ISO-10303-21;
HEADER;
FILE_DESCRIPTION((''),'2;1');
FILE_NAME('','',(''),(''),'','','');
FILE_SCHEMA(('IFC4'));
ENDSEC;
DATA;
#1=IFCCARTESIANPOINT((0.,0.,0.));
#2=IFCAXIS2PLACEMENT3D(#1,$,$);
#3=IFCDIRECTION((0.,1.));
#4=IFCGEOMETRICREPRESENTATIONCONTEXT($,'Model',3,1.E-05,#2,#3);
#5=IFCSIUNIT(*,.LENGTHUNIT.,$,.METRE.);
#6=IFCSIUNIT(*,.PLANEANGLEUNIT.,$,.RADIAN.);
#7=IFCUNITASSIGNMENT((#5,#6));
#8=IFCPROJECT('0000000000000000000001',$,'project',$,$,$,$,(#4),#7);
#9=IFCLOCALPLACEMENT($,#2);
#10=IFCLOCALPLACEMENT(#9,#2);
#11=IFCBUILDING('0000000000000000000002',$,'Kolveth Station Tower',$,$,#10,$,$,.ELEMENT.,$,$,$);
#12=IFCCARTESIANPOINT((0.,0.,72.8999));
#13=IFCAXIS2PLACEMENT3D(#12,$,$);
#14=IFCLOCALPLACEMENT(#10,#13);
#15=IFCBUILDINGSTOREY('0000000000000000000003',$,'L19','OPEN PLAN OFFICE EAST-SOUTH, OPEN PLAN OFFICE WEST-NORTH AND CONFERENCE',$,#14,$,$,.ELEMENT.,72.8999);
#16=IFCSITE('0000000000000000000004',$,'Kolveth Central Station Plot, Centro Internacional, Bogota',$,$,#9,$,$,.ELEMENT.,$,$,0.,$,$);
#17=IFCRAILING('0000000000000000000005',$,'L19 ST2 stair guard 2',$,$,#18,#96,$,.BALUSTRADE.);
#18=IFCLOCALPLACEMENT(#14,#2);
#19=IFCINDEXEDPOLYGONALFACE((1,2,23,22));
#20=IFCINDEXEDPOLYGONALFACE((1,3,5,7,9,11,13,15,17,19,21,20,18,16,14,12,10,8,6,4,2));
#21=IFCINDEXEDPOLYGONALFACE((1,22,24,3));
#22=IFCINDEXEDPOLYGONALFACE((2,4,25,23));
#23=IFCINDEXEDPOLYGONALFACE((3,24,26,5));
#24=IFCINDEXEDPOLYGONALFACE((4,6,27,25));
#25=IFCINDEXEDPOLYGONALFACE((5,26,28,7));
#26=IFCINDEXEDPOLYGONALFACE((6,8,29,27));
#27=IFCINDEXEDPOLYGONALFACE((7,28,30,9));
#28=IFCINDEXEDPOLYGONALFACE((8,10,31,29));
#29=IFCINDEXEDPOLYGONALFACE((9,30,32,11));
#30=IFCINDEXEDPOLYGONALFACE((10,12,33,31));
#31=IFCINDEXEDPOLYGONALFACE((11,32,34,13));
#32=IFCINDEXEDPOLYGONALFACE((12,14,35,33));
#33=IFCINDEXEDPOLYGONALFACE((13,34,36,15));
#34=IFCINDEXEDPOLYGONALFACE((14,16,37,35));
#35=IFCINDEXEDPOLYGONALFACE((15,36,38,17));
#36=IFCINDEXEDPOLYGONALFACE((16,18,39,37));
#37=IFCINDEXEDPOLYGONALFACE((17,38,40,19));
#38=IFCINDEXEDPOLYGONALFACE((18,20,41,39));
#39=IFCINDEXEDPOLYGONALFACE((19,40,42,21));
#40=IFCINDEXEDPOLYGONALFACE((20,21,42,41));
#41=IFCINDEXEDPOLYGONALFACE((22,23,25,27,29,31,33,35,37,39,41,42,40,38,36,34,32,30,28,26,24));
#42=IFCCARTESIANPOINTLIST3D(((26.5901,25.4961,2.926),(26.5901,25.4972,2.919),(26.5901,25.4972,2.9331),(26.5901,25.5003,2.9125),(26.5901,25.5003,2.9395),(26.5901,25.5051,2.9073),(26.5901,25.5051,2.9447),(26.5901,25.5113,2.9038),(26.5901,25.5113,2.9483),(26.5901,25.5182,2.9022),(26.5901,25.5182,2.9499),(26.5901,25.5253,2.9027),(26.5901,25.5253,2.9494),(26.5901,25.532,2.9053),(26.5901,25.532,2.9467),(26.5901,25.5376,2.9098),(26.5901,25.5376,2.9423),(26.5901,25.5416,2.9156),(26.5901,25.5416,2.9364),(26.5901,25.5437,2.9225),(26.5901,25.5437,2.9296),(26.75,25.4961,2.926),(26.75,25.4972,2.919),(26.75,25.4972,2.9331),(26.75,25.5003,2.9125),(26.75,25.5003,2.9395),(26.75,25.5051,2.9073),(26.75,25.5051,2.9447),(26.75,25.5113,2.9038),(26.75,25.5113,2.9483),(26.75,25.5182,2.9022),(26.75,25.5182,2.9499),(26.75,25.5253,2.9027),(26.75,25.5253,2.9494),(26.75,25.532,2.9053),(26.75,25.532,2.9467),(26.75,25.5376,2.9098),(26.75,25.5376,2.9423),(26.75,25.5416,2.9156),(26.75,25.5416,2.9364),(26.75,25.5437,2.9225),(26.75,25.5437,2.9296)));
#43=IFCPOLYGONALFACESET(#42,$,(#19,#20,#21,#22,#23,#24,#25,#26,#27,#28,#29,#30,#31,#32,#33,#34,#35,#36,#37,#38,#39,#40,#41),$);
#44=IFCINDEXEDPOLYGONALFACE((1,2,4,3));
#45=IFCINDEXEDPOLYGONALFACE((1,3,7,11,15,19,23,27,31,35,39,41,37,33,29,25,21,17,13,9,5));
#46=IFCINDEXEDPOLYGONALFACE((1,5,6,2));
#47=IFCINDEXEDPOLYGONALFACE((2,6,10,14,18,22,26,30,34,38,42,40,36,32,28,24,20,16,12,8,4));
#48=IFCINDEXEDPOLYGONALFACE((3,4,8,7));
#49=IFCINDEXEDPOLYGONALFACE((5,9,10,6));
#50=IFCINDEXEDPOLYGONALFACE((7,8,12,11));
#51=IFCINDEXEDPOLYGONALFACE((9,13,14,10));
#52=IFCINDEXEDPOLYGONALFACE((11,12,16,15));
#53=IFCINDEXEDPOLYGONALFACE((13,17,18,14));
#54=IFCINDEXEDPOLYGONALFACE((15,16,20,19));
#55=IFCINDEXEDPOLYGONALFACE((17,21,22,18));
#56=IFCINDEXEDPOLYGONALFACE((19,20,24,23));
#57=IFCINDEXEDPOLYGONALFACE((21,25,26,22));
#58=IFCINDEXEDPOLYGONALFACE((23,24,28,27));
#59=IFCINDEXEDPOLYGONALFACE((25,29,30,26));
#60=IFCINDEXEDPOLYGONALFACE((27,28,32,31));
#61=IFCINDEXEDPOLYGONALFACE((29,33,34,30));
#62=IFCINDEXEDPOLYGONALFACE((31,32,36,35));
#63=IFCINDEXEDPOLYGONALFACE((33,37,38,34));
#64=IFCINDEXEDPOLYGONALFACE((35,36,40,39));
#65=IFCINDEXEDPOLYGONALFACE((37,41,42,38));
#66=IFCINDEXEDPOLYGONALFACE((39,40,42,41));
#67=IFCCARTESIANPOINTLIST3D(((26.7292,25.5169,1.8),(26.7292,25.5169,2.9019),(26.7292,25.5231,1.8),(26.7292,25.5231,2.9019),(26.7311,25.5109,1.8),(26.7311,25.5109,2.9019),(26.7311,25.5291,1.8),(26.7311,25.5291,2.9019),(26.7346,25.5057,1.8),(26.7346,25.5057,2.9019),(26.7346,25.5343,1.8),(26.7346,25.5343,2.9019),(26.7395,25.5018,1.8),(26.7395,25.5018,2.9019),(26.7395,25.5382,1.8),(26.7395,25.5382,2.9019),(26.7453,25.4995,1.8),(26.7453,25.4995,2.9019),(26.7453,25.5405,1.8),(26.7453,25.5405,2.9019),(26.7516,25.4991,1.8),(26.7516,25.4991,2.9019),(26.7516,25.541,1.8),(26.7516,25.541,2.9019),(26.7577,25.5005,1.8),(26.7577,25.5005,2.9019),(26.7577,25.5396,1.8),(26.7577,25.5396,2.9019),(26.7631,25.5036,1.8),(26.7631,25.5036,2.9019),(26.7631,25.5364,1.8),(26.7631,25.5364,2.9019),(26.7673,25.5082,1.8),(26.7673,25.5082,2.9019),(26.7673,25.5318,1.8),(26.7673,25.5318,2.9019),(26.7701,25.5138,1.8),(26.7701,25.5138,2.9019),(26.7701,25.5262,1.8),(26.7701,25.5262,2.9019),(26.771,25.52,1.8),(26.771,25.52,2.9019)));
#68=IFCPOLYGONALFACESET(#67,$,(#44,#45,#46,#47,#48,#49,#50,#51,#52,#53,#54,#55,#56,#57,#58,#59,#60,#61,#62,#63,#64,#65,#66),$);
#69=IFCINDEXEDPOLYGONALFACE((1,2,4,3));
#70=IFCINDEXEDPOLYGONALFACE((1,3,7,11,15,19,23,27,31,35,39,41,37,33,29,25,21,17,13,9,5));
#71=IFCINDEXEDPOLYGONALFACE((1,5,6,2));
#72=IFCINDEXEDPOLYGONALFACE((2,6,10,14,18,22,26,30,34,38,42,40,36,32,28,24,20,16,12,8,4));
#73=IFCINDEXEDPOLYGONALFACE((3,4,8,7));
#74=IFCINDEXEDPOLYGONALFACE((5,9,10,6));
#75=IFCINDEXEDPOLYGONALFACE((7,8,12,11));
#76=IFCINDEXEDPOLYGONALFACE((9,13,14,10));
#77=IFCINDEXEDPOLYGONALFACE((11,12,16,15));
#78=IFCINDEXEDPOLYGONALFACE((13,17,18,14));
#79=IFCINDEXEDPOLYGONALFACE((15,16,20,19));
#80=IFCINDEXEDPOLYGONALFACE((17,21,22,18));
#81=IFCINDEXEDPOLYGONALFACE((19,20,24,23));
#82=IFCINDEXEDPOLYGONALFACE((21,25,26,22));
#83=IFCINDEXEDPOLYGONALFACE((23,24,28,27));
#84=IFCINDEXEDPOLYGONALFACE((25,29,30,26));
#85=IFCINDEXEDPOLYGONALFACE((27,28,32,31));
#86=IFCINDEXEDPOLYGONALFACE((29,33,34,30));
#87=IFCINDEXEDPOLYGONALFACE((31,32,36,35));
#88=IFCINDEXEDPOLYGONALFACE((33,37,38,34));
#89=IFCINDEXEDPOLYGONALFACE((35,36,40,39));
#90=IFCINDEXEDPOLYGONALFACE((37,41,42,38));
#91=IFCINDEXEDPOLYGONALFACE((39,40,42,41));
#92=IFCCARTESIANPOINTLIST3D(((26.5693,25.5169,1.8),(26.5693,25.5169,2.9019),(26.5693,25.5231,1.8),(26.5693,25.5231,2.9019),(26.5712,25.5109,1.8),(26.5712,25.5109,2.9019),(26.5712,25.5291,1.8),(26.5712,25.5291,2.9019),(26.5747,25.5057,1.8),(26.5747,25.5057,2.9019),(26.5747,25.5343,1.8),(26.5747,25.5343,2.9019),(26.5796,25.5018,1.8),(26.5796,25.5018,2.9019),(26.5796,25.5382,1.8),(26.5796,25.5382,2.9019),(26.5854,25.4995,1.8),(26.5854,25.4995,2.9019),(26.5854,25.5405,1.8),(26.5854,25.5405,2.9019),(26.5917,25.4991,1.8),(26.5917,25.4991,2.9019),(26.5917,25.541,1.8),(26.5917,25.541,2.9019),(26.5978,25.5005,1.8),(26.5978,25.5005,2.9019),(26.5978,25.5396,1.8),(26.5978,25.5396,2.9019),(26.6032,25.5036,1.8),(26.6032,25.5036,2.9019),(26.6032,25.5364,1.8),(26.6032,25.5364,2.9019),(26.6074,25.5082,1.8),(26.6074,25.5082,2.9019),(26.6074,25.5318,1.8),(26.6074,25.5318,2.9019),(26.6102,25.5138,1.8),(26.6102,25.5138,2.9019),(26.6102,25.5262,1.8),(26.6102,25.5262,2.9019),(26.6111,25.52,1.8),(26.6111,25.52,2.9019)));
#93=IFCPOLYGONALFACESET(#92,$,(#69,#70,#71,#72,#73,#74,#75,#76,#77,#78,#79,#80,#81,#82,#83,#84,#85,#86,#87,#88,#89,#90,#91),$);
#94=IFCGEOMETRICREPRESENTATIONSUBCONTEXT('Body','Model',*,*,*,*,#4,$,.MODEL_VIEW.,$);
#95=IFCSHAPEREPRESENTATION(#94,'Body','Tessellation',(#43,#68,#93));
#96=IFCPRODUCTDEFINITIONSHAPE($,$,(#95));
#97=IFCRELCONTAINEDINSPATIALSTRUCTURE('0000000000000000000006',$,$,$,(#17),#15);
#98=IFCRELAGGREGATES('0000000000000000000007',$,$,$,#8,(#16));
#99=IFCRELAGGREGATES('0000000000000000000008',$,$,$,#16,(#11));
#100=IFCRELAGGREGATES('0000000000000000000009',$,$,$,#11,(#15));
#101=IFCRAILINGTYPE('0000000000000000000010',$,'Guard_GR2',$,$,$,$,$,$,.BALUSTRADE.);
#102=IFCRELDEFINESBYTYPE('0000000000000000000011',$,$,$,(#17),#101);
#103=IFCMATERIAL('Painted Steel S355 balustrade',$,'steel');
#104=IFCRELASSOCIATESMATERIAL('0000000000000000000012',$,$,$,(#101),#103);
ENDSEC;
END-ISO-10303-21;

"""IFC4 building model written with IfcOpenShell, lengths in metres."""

from ifc_helpers import new_model, si_unit, direction, frame, origin, origin_2d, place, context, subcontext, project, spatial, circle, extrude, material, type_object, element, save


model = new_model("IFC4")

# Units and contexts
model_context = context("Model", 3, precision=1e-05, world=origin(), true_north=direction((0.0, 1.0)))
body_context = subcontext(model_context, "Body", "Model", "MODEL_VIEW")
ifc_project = project(units=[si_unit("LENGTHUNIT", "METRE"), si_unit("PLANEANGLEUNIT", "RADIAN")], contexts=[model_context])

# Site, building, storey
site_placement = place(None, origin())
site = spatial("IfcSite", under=ifc_project, at=site_placement, Name="Kolveth Central Station Plot, Centro Internacional, Bogota", CompositionType="ELEMENT", RefElevation=0.0)
building_placement = place(site_placement, origin())
building = spatial("IfcBuilding", under=site, at=building_placement, Name="Kolveth Station Tower", CompositionType="ELEMENT")
storey_placement = place(building_placement, frame((0.0, 0.0, 72.8999)))
storey = spatial("IfcBuildingStorey", under=building, at=storey_placement, Name="L19", Description="OPEN PLAN OFFICE EAST-SOUTH, OPEN PLAN OFFICE WEST-NORTH AND CONFERENCE", CompositionType="ELEMENT", Elevation=72.8999)

# Railing
ifc_material_1 = material(Name="Painted Steel S355 balustrade", Category="steel")
railing_type_1 = type_object("IfcRailingType", Name="Guard_GR2", PredefinedType="BALUSTRADE", material=ifc_material_1)
railing_1_placement = place(storey_placement, frame((26.75, 25.52, 1.8)))
element("IfcRailing", 1, at=railing_1_placement, inside=storey, type_object=railing_type_1, Name="L19 ST2 stair guard 2", PredefinedType="BALUSTRADE", context=body_context, shape_type="SweptSolid", body=[
    extrude(circle(Radius=0.0239, at=origin_2d()), frame((0.0, 0.0, 1.126), z_axis=(-1.0, 0.0, 0.0), x_axis=(0.0, -1.0, 0.0)), (0.0, 0.0, 1.0), 0.1599),
    extrude(circle(Radius=0.021, at=origin_2d()), origin(), (0.0, 0.0, 1.0), 1.1018),
    extrude(circle(Radius=0.021, at=origin_2d()), frame((-0.1599, 0.0, 0.0)), (0.0, 0.0, 1.0), 1.1018),
])

save(model, "model.ifc")
